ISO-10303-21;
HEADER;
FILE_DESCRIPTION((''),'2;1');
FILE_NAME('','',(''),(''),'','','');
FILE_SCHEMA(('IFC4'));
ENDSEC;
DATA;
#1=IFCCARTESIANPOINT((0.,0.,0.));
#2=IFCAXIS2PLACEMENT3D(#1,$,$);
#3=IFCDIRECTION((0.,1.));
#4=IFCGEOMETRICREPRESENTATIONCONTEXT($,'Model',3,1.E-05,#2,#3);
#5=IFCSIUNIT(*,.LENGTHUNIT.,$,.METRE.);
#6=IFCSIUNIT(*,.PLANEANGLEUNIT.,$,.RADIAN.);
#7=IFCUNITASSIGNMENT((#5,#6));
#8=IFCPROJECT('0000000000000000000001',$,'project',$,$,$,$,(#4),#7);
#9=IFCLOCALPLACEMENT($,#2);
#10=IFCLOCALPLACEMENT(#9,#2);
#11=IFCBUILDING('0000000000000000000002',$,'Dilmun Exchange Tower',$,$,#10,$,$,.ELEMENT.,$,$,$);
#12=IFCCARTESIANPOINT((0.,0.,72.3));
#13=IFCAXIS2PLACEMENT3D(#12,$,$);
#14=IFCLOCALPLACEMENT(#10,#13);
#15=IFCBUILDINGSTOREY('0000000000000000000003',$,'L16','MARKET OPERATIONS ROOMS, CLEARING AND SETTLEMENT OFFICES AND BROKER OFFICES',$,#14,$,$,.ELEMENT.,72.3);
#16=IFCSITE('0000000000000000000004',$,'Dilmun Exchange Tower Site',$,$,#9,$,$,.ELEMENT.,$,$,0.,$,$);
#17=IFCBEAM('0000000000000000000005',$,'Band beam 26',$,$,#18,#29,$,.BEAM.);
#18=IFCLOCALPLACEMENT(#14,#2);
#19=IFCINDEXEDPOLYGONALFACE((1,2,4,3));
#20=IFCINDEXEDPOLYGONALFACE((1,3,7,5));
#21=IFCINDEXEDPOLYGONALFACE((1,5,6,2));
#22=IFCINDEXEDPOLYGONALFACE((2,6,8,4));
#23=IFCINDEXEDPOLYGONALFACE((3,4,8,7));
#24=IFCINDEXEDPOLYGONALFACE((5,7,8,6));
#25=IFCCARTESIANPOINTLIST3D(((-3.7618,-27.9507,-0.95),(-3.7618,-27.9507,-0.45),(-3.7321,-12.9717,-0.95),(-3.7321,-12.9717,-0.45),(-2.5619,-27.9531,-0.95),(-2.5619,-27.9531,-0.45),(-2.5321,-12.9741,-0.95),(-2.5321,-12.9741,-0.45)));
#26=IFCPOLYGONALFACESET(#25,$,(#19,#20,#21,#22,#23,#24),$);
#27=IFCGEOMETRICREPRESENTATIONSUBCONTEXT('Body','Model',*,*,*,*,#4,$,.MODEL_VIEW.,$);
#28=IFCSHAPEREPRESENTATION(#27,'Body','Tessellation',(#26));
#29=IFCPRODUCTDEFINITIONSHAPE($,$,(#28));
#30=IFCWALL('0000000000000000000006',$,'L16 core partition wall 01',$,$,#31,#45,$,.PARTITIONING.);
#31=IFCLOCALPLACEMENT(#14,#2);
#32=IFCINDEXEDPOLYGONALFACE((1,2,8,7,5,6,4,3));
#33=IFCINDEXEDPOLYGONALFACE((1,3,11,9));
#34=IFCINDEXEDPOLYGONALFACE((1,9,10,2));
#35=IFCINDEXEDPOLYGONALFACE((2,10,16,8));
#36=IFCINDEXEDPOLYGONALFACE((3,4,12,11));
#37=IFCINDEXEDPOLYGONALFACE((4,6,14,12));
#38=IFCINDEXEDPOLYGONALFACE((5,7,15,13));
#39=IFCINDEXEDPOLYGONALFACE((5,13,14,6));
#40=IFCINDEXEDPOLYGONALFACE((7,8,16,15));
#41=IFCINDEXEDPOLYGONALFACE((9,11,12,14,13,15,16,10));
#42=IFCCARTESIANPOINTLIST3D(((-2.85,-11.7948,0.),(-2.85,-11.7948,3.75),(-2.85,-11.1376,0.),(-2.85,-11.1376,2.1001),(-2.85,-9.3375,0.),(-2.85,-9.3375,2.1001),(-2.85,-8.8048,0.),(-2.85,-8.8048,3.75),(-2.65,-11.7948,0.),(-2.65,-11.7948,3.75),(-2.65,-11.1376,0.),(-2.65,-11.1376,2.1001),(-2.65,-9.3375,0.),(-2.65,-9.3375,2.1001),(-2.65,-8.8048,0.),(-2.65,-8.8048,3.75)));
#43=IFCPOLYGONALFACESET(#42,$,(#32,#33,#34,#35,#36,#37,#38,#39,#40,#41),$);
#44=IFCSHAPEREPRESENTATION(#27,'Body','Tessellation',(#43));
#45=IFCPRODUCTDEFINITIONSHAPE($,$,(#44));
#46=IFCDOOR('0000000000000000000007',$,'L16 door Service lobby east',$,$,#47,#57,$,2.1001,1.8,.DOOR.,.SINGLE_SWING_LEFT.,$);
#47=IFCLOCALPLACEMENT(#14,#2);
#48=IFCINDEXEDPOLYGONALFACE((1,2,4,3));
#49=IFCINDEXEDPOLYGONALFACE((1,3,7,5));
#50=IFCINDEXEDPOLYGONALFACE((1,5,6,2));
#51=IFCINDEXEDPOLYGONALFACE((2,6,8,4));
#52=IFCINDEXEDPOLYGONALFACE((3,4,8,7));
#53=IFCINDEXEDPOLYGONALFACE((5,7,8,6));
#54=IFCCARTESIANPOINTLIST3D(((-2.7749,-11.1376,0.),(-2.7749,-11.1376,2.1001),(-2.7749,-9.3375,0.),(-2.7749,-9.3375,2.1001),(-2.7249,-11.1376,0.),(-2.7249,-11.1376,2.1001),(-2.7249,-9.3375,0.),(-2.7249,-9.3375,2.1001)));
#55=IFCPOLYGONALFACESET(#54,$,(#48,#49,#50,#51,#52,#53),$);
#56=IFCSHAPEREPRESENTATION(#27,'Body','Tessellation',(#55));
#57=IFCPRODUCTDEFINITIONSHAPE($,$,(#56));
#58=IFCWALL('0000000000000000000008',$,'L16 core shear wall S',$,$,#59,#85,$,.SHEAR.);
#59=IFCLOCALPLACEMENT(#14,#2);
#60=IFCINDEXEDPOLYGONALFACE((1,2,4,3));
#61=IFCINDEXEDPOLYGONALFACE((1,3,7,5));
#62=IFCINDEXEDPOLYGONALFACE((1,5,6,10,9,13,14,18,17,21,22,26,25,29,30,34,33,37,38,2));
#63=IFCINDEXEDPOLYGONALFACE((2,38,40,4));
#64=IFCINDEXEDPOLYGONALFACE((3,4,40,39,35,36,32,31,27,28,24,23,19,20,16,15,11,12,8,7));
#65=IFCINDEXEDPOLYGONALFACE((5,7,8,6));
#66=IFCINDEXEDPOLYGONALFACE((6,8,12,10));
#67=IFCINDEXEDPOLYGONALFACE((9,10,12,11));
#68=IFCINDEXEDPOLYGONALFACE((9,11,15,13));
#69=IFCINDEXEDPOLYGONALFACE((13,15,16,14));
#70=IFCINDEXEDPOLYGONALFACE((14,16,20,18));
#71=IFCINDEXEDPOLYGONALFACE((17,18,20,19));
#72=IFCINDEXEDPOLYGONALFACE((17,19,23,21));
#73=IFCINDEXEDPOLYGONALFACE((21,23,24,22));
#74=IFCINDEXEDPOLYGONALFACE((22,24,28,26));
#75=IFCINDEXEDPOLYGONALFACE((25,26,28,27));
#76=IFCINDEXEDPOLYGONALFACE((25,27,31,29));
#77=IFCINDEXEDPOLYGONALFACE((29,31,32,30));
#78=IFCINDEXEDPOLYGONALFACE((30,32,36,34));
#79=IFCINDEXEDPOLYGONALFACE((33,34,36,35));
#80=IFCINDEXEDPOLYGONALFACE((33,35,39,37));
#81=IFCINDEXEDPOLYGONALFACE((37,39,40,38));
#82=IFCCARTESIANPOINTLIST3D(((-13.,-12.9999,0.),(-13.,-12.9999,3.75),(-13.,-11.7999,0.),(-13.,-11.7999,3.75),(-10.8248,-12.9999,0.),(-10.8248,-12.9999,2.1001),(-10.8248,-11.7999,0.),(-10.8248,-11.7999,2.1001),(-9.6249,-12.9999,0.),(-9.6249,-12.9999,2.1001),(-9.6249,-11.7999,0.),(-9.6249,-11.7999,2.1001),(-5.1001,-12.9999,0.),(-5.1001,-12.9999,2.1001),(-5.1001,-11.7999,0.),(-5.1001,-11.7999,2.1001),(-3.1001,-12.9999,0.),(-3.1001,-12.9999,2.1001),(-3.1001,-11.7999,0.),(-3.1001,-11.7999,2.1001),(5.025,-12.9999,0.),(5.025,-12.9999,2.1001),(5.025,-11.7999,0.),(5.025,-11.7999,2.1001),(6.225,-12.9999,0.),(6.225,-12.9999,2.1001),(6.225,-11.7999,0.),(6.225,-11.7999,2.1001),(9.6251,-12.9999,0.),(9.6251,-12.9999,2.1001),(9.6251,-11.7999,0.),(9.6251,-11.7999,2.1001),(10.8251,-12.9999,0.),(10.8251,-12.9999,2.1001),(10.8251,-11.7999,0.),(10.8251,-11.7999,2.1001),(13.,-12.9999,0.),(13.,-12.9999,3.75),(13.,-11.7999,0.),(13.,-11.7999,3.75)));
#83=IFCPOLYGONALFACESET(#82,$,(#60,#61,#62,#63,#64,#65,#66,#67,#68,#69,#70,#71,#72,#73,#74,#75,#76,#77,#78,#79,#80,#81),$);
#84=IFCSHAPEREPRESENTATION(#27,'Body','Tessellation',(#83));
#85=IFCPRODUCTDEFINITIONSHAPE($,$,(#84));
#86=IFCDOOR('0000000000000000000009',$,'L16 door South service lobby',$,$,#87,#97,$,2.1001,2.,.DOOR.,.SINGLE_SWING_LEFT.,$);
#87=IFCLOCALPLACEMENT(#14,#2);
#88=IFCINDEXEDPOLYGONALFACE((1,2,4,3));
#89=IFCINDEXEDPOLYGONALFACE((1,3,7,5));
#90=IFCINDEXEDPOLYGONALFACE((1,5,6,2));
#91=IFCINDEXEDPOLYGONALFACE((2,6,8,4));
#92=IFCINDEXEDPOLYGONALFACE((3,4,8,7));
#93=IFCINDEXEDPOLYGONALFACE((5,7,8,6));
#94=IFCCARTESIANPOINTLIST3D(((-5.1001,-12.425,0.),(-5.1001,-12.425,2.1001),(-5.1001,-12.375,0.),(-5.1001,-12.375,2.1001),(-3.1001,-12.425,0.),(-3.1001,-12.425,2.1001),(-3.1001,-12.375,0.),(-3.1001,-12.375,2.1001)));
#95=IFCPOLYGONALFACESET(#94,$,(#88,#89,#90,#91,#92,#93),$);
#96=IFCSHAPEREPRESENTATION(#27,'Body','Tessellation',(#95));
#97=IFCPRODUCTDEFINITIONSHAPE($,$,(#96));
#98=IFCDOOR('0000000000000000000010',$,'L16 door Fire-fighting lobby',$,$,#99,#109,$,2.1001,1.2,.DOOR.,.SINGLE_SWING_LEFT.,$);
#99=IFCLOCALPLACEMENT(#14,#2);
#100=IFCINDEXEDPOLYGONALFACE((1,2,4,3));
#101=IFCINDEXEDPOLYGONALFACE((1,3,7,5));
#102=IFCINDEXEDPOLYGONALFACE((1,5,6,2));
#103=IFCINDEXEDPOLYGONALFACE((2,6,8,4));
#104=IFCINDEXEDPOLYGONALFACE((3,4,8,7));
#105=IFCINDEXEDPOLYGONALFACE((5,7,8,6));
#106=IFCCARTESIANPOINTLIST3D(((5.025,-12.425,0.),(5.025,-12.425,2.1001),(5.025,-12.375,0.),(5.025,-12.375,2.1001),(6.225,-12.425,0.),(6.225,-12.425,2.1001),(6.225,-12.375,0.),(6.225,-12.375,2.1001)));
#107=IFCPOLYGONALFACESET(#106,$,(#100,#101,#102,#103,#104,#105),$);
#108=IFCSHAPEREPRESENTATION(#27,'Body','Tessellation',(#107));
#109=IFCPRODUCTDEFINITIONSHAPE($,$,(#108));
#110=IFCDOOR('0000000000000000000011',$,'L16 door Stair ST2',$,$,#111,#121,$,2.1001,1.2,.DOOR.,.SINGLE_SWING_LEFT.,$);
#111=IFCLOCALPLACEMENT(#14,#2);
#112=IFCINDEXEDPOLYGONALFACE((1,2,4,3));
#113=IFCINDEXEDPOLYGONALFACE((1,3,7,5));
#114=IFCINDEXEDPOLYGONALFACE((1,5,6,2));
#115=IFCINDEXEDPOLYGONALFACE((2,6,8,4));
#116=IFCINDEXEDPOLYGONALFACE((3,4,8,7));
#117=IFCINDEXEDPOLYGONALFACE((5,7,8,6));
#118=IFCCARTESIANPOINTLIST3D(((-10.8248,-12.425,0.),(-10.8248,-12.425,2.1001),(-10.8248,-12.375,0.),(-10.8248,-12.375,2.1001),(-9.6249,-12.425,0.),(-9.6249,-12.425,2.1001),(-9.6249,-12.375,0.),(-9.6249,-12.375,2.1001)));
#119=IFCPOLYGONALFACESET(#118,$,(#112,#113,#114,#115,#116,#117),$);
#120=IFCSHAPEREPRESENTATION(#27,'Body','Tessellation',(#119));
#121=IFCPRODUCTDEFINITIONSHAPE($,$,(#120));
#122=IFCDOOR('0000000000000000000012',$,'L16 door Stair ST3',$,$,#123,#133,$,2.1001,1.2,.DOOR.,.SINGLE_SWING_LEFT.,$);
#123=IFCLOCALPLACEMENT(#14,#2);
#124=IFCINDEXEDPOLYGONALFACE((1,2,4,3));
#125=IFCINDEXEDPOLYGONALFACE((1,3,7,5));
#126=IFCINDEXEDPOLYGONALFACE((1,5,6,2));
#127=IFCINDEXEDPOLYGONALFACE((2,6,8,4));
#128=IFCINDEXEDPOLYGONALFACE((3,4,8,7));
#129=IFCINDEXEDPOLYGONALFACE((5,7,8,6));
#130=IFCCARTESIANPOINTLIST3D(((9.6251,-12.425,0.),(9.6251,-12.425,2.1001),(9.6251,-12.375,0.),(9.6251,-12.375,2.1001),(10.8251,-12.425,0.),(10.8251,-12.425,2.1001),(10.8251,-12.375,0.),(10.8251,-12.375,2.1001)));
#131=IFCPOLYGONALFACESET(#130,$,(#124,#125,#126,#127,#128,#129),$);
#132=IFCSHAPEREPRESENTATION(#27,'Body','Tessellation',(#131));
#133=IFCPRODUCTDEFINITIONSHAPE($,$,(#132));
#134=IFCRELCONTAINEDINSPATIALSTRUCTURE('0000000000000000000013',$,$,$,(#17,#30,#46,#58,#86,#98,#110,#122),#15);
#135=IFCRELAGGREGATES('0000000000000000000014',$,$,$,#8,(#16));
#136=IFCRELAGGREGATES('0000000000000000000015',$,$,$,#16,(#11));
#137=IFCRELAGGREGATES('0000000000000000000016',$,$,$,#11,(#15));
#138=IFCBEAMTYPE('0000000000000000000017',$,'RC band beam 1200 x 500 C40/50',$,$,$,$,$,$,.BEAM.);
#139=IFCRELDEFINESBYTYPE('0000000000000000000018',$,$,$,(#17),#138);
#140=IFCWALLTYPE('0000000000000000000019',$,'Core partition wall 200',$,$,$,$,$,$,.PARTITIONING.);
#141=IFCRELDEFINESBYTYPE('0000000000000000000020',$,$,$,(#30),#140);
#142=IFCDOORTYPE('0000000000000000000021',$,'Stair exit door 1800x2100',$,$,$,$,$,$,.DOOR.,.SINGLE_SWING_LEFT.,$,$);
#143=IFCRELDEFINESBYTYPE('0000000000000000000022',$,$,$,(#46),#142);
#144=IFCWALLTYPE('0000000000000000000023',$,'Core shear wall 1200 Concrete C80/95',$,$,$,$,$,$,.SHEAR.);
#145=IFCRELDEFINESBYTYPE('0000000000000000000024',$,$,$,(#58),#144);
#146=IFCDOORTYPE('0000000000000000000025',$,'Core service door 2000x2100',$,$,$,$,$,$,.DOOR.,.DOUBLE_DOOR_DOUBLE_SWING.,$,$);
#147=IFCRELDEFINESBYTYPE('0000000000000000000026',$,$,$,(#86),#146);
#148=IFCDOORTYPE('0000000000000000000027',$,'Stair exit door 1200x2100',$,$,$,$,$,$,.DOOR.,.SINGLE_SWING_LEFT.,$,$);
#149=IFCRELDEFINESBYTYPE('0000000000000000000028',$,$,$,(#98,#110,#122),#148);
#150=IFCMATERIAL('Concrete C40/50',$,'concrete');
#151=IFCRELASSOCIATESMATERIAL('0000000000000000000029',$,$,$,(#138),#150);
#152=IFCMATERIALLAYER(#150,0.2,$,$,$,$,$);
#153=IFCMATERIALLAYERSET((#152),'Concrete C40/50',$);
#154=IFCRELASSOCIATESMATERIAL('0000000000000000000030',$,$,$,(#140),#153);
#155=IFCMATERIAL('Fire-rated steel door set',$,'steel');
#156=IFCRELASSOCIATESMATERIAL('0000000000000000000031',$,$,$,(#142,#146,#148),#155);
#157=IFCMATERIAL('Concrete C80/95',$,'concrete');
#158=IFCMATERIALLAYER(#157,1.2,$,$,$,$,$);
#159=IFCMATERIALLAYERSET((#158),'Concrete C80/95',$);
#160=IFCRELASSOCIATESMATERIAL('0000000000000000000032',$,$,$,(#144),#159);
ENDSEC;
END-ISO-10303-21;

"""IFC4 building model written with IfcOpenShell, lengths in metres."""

from ifc_helpers import new_model, si_unit, direction, frame, frame_2d, origin, origin_2d, place, context, subcontext, project, spatial, rectangle, extrude, material, layer, layer_set, material_profile, profile_set, type_object, element, fill, save


model = new_model("IFC4")

# Units and contexts
model_context = context("Model", 3, precision=1e-05, world=origin(), true_north=direction((0.0, 1.0)))
body_context = subcontext(model_context, "Body", "Model", "MODEL_VIEW")
ifc_project = project(units=[si_unit("LENGTHUNIT", "METRE"), si_unit("PLANEANGLEUNIT", "RADIAN")], contexts=[model_context])

# Site, building, storey
site_placement = place(None, origin())
site = spatial("IfcSite", under=ifc_project, at=site_placement, Name="Dilmun Exchange Tower Site", CompositionType="ELEMENT", RefElevation=0.0)
building_placement = place(site_placement, origin())
building = spatial("IfcBuilding", under=site, at=building_placement, Name="Dilmun Exchange Tower", CompositionType="ELEMENT")
storey_placement = place(building_placement, frame((0.0, 0.0, 72.3)))
storey = spatial("IfcBuildingStorey", under=building, at=storey_placement, Name="L16", Description="MARKET OPERATIONS ROOMS, CLEARING AND SETTLEMENT OFFICES AND BROKER OFFICES", CompositionType="ELEMENT", Elevation=72.3)

# Beam
ifc_material_1 = material(Name="Concrete C40/50", Category="concrete")
ifc_material_profile = material_profile(ifc_material_1, rectangle(XDim=1.2, YDim=0.5, at=origin_2d()), Name="1200 x 500")
ifc_profile_set = profile_set([ifc_material_profile], Name="Concrete C40/50")
beam_type = type_object("IfcBeamType", Name="RC band beam 1200 x 500 C40/50", PredefinedType="BEAM", material=ifc_profile_set)
beam_placement = place(storey_placement, frame((-3.1619, -27.9519, -0.7), z_axis=(0.001988, 0.999998, 0.0), x_axis=(-0.999998, 0.001988, 0.0)))
element("IfcBeam", 1, at=beam_placement, inside=storey, type_object=beam_type, Name="Band beam 26", PredefinedType="BEAM", context=body_context, shape_type="SweptSolid", body=[
    extrude(rectangle(XDim=1.2, YDim=0.5, at=origin_2d()), origin(), (0.0, 0.0, 1.0), 14.979),
])

# Wall, opening, door
ifc_layer_1 = layer(ifc_material_1, 0.2)
ifc_layer_set_1 = layer_set([ifc_layer_1], Name="Concrete C40/50")
wall_type_1 = type_object("IfcWallType", Name="Core partition wall 200", PredefinedType="PARTITIONING", material=ifc_layer_set_1)
wall_1_placement = place(storey_placement, frame((-2.75, -11.7949, 0.0), z_axis=(0.0, 0.0, 1.0), x_axis=(0.0, 1.0, 0.0)))
wall_1 = element("IfcWall", 2, at=wall_1_placement, inside=storey, type_object=wall_type_1, Name="L16 core partition wall 01", PredefinedType="PARTITIONING", context=body_context, shape_type="SweptSolid", body=[
    extrude(rectangle(XDim=2.99, YDim=0.2, at=frame_2d((1.4951, 0.0))), origin(), (0.0, 0.0, 1.0), 3.75),
])
opening_1_placement = place(wall_1_placement, frame((0.6575, 0.0, 0.0)))
opening_1 = element("IfcOpeningElement", 3, at=opening_1_placement, cuts=wall_1, PredefinedType="OPENING", context=body_context, shape_type="SweptSolid", body=[
    extrude(rectangle(XDim=1.8, YDim=2.1001, at=frame_2d((0.8999, 1.05))), frame((0.0, 0.1099, 0.0), z_axis=(0.0, -1.0, 0.0), x_axis=(1.0, 0.0, 0.0)), (0.0, 0.0, 1.0), 0.22),
])
ifc_material_2 = material(Name="Fire-rated steel door set", Category="steel")
door_type_1 = type_object("IfcDoorType", Name="Stair exit door 1800x2100", OperationType="SINGLE_SWING_LEFT", PredefinedType="DOOR", material=ifc_material_2)
door_1_placement = place(opening_1_placement, origin())
door_1 = element("IfcDoor", 4, at=door_1_placement, inside=storey, type_object=door_type_1, Name="L16 door Service lobby east", OperationType="SINGLE_SWING_LEFT", OverallHeight=2.1001, OverallWidth=1.8, PredefinedType="DOOR", context=body_context, shape_type="SweptSolid", body=[
    extrude(rectangle(XDim=1.8, YDim=2.1001, at=frame_2d((0.8999, 1.05))), frame((0.0, 0.0249, 0.0), z_axis=(0.0, -1.0, 0.0), x_axis=(1.0, 0.0, 0.0)), (0.0, 0.0, 1.0), 0.05),
])
fill(opening_1, door_1)

# Wall, openings, doors
ifc_material_3 = material(Name="Concrete C80/95", Category="concrete")
ifc_layer_2 = layer(ifc_material_3, 1.2)
ifc_layer_set_2 = layer_set([ifc_layer_2], Name="Concrete C80/95")
wall_type_2 = type_object("IfcWallType", Name="Core shear wall 1200 Concrete C80/95", PredefinedType="SHEAR", material=ifc_layer_set_2)
wall_2_placement = place(storey_placement, frame((-13.0, -12.3999, 0.0), z_axis=(0.0, 0.0, 1.0), x_axis=(1.0, 0.0, 0.0)))
wall_2 = element("IfcWall", 5, at=wall_2_placement, inside=storey, type_object=wall_type_2, Name="L16 core shear wall S", PredefinedType="SHEAR", context=body_context, shape_type="SweptSolid", body=[
    extrude(rectangle(XDim=26.0, YDim=1.2, at=frame_2d((13.0, 0.0))), origin(), (0.0, 0.0, 1.0), 3.75),
])
opening_2_placement = place(wall_2_placement, frame((7.8999, 0.0, 0.0)))
opening_2 = element("IfcOpeningElement", 6, at=opening_2_placement, cuts=wall_2, PredefinedType="OPENING", context=body_context, shape_type="SweptSolid", body=[
    extrude(rectangle(XDim=2.0, YDim=2.1001, at=frame_2d((1.0, 1.05))), frame((0.0, 0.6099, 0.0), z_axis=(0.0, -1.0, 0.0), x_axis=(1.0, 0.0, 0.0)), (0.0, 0.0, 1.0), 1.22),
])
opening_3_placement = place(wall_2_placement, frame((18.0249, 0.0, 0.0)))
opening_3 = element("IfcOpeningElement", 7, at=opening_3_placement, cuts=wall_2, PredefinedType="OPENING", context=body_context, shape_type="SweptSolid", body=[
    extrude(rectangle(XDim=1.2, YDim=2.1001, at=frame_2d((0.6001, 1.05))), frame((0.0, 0.6099, 0.0), z_axis=(0.0, -1.0, 0.0), x_axis=(1.0, 0.0, 0.0)), (0.0, 0.0, 1.0), 1.22),
])
opening_4_placement = place(wall_2_placement, frame((2.175, 0.0, 0.0)))
opening_4 = element("IfcOpeningElement", 8, at=opening_4_placement, cuts=wall_2, PredefinedType="OPENING", context=body_context, shape_type="SweptSolid", body=[
    extrude(rectangle(XDim=1.2, YDim=2.1001, at=frame_2d((0.6001, 1.05))), frame((0.0, 0.6099, 0.0), z_axis=(0.0, -1.0, 0.0), x_axis=(1.0, 0.0, 0.0)), (0.0, 0.0, 1.0), 1.22),
])
opening_5_placement = place(wall_2_placement, frame((22.625, 0.0, 0.0)))
opening_5 = element("IfcOpeningElement", 9, at=opening_5_placement, cuts=wall_2, PredefinedType="OPENING", context=body_context, shape_type="SweptSolid", body=[
    extrude(rectangle(XDim=1.2, YDim=2.1001, at=frame_2d((0.6001, 1.05))), frame((0.0, 0.6099, 0.0), z_axis=(0.0, -1.0, 0.0), x_axis=(1.0, 0.0, 0.0)), (0.0, 0.0, 1.0), 1.22),
])
door_type_2 = type_object("IfcDoorType", Name="Core service door 2000x2100", OperationType="DOUBLE_DOOR_DOUBLE_SWING", PredefinedType="DOOR", material=ifc_material_2)
door_2_placement = place(opening_2_placement, origin())
door_2 = element("IfcDoor", 10, at=door_2_placement, inside=storey, type_object=door_type_2, Name="L16 door South service lobby", OperationType="SINGLE_SWING_LEFT", OverallHeight=2.1001, OverallWidth=2.0, PredefinedType="DOOR", context=body_context, shape_type="SweptSolid", body=[
    extrude(rectangle(XDim=2.0, YDim=2.1001, at=frame_2d((1.0, 1.05))), frame((0.0, 0.0249, 0.0), z_axis=(0.0, -1.0, 0.0), x_axis=(1.0, 0.0, 0.0)), (0.0, 0.0, 1.0), 0.05),
])
fill(opening_2, door_2)
door_type_3 = type_object("IfcDoorType", Name="Stair exit door 1200x2100", OperationType="SINGLE_SWING_LEFT", PredefinedType="DOOR", material=ifc_material_2)
door_3_placement = place(opening_3_placement, origin())
door_3 = element("IfcDoor", 11, at=door_3_placement, inside=storey, type_object=door_type_3, Name="L16 door Fire-fighting lobby", OperationType="SINGLE_SWING_LEFT", OverallHeight=2.1001, OverallWidth=1.2, PredefinedType="DOOR", context=body_context, shape_type="SweptSolid", body=[
    extrude(rectangle(XDim=1.2, YDim=2.1001, at=frame_2d((0.6001, 1.05))), frame((0.0, 0.0249, 0.0), z_axis=(0.0, -1.0, 0.0), x_axis=(1.0, 0.0, 0.0)), (0.0, 0.0, 1.0), 0.05),
])
fill(opening_3, door_3)
door_4_placement = place(opening_4_placement, origin())
door_4 = element("IfcDoor", 12, at=door_4_placement, inside=storey, type_object=door_type_3, Name="L16 door Stair ST2", OperationType="SINGLE_SWING_LEFT", OverallHeight=2.1001, OverallWidth=1.2, PredefinedType="DOOR", context=body_context, shape_type="SweptSolid", body=[
    extrude(rectangle(XDim=1.2, YDim=2.1001, at=frame_2d((0.6001, 1.05))), frame((0.0, 0.0249, 0.0), z_axis=(0.0, -1.0, 0.0), x_axis=(1.0, 0.0, 0.0)), (0.0, 0.0, 1.0), 0.05),
])
fill(opening_4, door_4)
door_5_placement = place(opening_5_placement, origin())
door_5 = element("IfcDoor", 13, at=door_5_placement, inside=storey, type_object=door_type_3, Name="L16 door Stair ST3", OperationType="SINGLE_SWING_LEFT", OverallHeight=2.1001, OverallWidth=1.2, PredefinedType="DOOR", context=body_context, shape_type="SweptSolid", body=[
    extrude(rectangle(XDim=1.2, YDim=2.1001, at=frame_2d((0.6001, 1.05))), frame((0.0, 0.0249, 0.0), z_axis=(0.0, -1.0, 0.0), x_axis=(1.0, 0.0, 0.0)), (0.0, 0.0, 1.0), 0.05),
])
fill(opening_5, door_5)

save(model, "model.ifc")
